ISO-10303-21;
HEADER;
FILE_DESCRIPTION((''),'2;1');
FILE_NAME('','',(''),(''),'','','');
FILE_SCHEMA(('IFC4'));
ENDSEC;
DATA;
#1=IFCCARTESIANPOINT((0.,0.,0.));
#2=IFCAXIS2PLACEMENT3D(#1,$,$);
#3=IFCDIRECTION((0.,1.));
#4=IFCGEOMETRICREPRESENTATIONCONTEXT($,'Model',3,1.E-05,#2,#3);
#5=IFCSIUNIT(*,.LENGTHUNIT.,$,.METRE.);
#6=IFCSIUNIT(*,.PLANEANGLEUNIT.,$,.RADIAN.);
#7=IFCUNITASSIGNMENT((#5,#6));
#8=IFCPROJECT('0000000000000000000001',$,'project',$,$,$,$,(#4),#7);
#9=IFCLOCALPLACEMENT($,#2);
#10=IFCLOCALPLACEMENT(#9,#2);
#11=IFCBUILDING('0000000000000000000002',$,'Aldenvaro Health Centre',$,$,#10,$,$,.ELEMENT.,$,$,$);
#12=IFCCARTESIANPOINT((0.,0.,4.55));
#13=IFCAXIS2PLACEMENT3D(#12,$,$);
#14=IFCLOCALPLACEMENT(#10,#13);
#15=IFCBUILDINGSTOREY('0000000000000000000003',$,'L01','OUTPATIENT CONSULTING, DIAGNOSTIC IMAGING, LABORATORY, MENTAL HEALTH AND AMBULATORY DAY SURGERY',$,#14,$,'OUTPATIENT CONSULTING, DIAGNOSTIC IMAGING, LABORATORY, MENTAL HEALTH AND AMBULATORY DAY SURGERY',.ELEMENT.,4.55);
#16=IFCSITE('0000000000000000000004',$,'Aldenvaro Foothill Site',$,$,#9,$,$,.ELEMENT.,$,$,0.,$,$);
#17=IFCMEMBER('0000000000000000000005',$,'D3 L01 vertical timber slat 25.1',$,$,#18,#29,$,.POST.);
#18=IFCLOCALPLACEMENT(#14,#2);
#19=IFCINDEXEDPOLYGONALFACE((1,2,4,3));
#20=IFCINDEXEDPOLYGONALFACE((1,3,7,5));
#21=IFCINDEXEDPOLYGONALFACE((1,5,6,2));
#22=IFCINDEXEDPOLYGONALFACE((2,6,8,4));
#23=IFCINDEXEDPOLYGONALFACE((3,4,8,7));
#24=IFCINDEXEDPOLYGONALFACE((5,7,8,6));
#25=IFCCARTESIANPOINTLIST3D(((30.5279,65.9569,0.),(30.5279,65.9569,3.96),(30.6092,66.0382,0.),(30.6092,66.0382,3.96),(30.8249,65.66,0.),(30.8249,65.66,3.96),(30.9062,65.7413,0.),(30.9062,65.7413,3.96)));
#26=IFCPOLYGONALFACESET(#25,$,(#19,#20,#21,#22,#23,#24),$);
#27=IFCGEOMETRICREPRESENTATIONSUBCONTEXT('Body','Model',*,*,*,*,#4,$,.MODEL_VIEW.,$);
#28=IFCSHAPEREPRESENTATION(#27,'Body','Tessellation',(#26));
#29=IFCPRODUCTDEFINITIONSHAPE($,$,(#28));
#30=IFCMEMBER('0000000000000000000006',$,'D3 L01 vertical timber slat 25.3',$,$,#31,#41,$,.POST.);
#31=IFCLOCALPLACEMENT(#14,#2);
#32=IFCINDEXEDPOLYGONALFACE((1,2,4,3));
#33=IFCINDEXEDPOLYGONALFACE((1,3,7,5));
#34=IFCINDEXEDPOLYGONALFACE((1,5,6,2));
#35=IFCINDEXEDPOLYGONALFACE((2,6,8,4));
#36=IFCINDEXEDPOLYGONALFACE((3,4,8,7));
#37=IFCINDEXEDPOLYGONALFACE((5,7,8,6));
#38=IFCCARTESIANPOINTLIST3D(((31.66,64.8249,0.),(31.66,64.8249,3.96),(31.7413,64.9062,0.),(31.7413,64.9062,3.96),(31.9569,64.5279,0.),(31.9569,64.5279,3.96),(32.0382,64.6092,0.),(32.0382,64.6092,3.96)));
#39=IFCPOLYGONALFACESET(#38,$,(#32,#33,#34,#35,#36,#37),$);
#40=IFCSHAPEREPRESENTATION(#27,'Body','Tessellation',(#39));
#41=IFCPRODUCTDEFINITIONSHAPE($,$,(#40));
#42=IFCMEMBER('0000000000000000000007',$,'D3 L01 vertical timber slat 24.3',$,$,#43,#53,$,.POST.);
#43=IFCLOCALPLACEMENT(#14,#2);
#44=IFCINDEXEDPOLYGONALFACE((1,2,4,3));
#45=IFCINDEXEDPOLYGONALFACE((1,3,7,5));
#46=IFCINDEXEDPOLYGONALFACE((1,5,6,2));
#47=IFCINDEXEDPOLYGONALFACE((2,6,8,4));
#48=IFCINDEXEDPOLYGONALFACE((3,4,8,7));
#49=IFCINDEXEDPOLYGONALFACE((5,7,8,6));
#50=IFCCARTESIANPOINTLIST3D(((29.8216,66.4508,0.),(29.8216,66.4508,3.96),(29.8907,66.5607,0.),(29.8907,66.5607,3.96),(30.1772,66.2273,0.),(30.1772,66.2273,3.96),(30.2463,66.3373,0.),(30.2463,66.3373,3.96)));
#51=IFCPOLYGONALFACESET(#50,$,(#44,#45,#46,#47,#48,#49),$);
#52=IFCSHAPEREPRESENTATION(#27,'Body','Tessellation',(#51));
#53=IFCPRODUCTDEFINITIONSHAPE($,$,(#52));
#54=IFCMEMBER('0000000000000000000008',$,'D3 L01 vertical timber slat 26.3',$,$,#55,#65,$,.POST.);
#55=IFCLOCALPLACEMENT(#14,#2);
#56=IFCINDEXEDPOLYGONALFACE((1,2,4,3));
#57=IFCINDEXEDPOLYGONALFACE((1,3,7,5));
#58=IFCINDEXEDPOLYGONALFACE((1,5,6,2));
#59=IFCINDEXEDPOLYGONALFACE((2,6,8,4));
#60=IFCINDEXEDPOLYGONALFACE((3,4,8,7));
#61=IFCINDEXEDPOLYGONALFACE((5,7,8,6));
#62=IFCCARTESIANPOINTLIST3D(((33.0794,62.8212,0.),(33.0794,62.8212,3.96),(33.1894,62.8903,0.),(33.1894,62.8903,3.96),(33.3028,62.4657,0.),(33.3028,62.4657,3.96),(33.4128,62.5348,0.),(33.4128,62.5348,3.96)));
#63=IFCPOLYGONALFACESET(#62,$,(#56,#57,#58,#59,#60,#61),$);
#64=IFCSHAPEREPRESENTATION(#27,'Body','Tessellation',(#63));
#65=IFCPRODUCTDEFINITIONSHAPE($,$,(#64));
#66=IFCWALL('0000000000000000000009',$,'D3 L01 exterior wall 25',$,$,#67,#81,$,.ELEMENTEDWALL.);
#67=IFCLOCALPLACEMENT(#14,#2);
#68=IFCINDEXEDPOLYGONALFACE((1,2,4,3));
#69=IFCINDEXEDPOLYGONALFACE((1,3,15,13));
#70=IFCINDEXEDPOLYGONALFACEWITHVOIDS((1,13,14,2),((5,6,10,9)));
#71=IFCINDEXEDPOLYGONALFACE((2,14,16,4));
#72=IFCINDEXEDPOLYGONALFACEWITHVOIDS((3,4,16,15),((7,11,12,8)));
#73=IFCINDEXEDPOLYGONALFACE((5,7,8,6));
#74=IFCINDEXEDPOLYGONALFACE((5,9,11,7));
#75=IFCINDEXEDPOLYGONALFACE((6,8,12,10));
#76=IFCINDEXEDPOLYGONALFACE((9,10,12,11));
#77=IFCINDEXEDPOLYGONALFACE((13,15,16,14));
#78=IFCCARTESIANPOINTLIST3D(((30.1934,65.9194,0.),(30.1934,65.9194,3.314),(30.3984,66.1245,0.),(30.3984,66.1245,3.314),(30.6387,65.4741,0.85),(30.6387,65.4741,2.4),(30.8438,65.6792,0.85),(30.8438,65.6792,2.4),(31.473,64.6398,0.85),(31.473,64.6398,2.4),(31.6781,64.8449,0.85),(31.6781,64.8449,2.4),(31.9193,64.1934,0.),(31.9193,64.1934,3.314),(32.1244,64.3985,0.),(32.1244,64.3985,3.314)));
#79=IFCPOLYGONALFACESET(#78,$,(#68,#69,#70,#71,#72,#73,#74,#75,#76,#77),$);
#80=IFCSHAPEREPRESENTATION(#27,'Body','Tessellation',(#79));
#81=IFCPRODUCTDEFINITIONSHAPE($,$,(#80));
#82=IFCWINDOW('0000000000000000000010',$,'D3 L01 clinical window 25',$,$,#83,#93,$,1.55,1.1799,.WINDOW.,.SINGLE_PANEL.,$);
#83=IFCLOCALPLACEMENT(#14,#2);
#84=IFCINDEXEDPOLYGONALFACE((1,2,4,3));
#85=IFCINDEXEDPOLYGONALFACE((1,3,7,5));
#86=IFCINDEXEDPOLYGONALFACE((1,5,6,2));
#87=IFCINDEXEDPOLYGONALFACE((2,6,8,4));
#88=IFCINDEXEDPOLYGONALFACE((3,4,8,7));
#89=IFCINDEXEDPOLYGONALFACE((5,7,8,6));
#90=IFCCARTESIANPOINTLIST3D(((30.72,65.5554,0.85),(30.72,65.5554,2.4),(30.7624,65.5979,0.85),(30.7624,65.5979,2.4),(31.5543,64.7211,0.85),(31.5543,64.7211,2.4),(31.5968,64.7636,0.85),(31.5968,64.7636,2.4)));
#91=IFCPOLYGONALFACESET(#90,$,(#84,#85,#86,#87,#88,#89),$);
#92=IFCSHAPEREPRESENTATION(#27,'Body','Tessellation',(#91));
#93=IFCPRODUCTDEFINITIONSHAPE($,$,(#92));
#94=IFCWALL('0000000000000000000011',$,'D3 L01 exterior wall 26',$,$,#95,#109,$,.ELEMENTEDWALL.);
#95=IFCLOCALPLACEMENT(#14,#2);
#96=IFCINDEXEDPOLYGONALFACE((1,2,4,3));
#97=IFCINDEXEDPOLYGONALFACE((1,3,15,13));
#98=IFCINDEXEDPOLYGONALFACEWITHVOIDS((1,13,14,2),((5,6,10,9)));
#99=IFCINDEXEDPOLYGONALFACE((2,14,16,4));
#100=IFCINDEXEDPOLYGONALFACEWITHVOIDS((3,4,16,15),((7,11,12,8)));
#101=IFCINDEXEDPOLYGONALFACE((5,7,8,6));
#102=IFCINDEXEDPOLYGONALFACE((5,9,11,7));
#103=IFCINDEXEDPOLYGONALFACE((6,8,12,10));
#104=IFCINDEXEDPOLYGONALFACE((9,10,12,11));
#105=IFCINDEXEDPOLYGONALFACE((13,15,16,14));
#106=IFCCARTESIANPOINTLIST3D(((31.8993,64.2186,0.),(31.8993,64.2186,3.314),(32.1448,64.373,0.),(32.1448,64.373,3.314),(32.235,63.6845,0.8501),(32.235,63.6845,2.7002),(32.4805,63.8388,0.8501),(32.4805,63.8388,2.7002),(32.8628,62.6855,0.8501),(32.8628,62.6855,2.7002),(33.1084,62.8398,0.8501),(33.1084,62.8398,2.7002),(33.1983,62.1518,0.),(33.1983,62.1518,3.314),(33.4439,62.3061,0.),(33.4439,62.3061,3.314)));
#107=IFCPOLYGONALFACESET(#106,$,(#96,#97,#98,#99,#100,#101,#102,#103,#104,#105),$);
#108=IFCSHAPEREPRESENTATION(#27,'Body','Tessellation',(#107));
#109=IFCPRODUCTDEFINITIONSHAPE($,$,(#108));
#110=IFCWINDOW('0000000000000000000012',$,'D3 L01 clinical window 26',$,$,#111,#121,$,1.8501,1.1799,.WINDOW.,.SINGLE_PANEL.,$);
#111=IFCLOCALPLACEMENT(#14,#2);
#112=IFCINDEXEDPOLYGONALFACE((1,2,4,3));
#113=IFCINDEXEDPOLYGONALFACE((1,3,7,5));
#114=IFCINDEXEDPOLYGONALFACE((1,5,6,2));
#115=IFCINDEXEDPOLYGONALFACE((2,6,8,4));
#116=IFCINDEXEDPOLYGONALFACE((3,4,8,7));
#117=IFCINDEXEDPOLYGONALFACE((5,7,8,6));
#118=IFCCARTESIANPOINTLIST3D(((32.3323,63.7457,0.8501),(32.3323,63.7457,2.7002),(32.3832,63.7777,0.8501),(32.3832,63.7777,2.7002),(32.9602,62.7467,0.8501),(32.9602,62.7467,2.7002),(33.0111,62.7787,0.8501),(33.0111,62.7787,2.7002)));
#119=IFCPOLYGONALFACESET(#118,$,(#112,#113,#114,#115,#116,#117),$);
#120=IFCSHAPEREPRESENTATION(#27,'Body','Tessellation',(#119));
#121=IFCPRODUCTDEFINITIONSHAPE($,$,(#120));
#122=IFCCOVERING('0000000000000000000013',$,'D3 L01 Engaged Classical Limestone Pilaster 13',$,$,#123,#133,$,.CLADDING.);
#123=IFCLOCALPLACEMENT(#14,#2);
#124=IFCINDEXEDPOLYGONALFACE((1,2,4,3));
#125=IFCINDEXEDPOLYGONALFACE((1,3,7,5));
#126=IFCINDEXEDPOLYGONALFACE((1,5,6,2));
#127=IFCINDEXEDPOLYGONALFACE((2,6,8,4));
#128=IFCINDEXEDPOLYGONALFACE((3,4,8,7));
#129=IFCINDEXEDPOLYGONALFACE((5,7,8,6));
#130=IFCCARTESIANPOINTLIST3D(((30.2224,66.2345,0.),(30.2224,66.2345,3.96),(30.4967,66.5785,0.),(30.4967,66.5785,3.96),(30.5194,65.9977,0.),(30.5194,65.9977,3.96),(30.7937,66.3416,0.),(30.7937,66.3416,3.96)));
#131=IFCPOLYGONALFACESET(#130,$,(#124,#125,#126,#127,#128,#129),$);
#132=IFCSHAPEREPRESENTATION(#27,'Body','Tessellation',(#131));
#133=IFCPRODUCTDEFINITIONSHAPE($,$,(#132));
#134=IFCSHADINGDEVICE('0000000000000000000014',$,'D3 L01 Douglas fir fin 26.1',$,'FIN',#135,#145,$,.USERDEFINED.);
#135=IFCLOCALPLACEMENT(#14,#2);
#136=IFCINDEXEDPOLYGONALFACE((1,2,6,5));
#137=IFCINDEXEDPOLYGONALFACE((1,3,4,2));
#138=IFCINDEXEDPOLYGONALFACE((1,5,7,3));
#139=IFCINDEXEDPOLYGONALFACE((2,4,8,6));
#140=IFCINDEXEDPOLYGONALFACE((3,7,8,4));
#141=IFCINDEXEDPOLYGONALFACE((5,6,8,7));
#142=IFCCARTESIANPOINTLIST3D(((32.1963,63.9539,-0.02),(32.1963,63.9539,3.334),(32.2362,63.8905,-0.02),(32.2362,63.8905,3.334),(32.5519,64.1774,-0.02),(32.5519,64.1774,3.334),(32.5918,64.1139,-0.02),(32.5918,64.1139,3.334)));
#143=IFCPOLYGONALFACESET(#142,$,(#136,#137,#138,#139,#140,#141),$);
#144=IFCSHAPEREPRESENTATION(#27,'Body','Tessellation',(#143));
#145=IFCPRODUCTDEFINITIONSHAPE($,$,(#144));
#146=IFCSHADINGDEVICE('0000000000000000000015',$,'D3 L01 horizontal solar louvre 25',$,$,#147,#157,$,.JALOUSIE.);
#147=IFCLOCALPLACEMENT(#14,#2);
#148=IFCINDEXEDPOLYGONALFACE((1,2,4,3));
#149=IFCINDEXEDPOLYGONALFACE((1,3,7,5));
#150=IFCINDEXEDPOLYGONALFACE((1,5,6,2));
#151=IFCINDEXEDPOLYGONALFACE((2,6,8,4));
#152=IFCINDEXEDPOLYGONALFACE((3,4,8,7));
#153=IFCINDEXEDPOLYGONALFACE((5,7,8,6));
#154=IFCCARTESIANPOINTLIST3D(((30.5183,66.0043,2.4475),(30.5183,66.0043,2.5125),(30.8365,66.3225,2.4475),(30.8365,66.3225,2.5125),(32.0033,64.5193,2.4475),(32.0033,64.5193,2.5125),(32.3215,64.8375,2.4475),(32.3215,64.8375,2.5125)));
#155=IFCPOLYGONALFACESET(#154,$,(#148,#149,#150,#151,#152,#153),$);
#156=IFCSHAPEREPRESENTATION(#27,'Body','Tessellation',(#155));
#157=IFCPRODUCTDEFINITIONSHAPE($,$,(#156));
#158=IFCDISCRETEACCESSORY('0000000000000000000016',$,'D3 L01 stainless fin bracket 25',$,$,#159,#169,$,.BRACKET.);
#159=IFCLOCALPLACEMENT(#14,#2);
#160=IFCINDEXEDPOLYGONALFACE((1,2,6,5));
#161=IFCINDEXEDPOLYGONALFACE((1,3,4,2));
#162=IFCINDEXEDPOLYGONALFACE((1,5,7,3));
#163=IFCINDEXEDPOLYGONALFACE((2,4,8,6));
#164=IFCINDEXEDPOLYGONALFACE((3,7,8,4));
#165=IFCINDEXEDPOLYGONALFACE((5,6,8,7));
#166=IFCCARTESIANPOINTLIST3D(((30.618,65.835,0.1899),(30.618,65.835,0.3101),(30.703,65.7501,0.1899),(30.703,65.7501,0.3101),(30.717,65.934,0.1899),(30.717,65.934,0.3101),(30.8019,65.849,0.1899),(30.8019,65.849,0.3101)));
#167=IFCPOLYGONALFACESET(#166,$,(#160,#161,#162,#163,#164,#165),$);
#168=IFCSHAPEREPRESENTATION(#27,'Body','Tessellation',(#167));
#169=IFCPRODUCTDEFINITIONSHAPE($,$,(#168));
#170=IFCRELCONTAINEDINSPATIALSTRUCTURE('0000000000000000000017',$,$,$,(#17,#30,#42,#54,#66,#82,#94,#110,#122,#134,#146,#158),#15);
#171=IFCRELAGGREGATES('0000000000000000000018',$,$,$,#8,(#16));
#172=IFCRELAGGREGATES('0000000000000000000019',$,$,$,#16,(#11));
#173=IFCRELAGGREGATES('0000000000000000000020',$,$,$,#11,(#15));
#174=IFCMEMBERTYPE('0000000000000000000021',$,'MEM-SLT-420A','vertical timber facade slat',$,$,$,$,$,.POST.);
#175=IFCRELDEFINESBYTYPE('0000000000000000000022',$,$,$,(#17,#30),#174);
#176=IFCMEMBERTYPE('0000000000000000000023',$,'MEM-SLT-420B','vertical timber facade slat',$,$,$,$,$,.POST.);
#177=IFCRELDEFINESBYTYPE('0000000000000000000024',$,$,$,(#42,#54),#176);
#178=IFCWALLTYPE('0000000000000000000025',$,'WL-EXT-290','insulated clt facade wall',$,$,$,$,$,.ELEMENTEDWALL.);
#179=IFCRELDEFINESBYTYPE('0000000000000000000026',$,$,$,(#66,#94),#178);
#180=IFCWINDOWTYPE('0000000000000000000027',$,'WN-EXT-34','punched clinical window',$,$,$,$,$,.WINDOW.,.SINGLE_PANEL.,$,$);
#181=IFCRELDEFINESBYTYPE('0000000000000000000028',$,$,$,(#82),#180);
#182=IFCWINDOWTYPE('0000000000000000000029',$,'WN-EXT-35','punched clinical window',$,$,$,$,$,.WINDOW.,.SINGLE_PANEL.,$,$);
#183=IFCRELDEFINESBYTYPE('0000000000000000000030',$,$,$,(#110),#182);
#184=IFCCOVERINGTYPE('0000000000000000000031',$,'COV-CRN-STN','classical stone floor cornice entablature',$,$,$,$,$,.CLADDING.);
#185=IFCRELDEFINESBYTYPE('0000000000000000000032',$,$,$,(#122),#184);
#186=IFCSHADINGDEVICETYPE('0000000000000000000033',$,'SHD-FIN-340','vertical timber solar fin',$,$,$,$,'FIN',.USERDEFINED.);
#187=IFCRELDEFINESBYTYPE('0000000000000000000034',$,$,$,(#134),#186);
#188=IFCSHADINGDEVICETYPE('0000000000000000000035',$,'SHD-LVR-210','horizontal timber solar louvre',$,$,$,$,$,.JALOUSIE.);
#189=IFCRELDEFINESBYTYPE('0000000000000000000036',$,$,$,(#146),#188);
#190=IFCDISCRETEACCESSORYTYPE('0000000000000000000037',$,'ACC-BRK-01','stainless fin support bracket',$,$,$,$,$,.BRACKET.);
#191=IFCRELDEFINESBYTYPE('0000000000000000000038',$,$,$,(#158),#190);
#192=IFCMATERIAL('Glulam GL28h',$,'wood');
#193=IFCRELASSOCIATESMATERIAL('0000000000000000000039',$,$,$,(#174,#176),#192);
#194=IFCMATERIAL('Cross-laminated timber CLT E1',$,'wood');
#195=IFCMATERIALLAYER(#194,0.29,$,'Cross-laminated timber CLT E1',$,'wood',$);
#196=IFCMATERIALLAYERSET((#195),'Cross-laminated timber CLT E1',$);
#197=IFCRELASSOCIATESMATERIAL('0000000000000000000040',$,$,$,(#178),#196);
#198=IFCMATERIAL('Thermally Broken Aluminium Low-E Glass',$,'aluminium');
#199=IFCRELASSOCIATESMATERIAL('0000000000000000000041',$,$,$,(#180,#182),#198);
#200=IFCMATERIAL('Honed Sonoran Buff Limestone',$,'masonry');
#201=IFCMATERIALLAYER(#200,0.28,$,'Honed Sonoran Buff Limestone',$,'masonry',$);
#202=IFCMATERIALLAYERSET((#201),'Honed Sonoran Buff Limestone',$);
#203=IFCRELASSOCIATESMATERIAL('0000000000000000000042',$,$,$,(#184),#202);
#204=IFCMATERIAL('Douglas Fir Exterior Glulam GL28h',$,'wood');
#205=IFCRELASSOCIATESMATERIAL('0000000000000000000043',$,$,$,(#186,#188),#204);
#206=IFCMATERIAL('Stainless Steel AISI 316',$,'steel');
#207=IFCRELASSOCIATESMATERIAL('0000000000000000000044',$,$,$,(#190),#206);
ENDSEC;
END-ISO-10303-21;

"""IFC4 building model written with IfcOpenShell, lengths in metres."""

from ifc_helpers import new_model, si_unit, direction, frame, frame_2d, origin, origin_2d, place, context, subcontext, project, spatial, rectangle, extrude, material, layer, layer_set, material_profile, profile_set, type_object, element, fill, save


model = new_model("IFC4")

# Units and contexts
model_context = context("Model", 3, precision=1e-05, world=origin(), true_north=direction((0.0, 1.0)))
body_context = subcontext(model_context, "Body", "Model", "MODEL_VIEW")
ifc_project = project(units=[si_unit("LENGTHUNIT", "METRE"), si_unit("PLANEANGLEUNIT", "RADIAN")], contexts=[model_context])

# Site, building, storey
site_placement = place(None, origin())
site = spatial("IfcSite", under=ifc_project, at=site_placement, Name="Aldenvaro Foothill Site", CompositionType="ELEMENT", RefElevation=0.0)
building_placement = place(site_placement, origin())
building = spatial("IfcBuilding", under=site, at=building_placement, Name="Aldenvaro Health Centre", CompositionType="ELEMENT")
storey_placement = place(building_placement, frame((0.0, 0.0, 4.55)))
storey = spatial("IfcBuildingStorey", under=building, at=storey_placement, Name="L01", Description="OUTPATIENT CONSULTING, DIAGNOSTIC IMAGING, LABORATORY, MENTAL HEALTH AND AMBULATORY DAY SURGERY", LongName="OUTPATIENT CONSULTING, DIAGNOSTIC IMAGING, LABORATORY, MENTAL HEALTH AND AMBULATORY DAY SURGERY", CompositionType="ELEMENT", Elevation=4.55)

# Shared definitions
ifc_material_1 = material(Name="Glulam GL28h", Category="wood")

# Members
ifc_material_profile_1 = material_profile(ifc_material_1, rectangle(XDim=0.115, YDim=0.4199, at=origin_2d()), Name="GL 115x420", Category="wood")
ifc_profile_set_1 = profile_set([ifc_material_profile_1], Name="Glulam GL28h")
member_type_1 = type_object("IfcMemberType", Name="MEM-SLT-420A", Description="vertical timber facade slat", PredefinedType="POST", material=ifc_profile_set_1)
for number, where, z_axis, x_axis, name in (
    (1, (30.717, 65.8491, 0.0), (0.0, 0.0, 1.0), (0.707107, 0.707107, 0.0), "D3 L01 vertical timber slat 25.1"),
    (2, (31.8491, 64.717, 0.0), (0.0, 0.0, 1.0), (0.707107, 0.707107, 0.0), "D3 L01 vertical timber slat 25.3"),
):
    element("IfcMember", number, at=place(storey_placement, frame(where, z_axis=z_axis, x_axis=x_axis)), inside=storey, type_object=member_type_1, Name=name, PredefinedType="POST", context=body_context, shape_type="SweptSolid", body=[
        extrude(rectangle(XDim=0.115, YDim=0.4199, at=origin_2d()), origin(), (0.0, 0.0, 1.0), 3.96),
    ])
ifc_material_profile_2 = material_profile(ifc_material_1, rectangle(XDim=0.1299, YDim=0.4199, at=origin_2d()), Name="GL 130x420", Category="wood")
ifc_profile_set_2 = profile_set([ifc_material_profile_2], Name="Glulam GL28h")
member_type_2 = type_object("IfcMemberType", Name="MEM-SLT-420B", Description="vertical timber facade slat", PredefinedType="POST", material=ifc_profile_set_2)
for number, where, z_axis, x_axis, name in (
    (3, (30.0339, 66.394, 0.0), (0.0, 0.0, 1.0), (0.532096, 0.846684, 0.0), "D3 L01 vertical timber slat 24.3"),
    (4, (33.2461, 62.678, 0.0), (0.0, 0.0, 1.0), (0.846684, 0.532096, 0.0), "D3 L01 vertical timber slat 26.3"),
):
    element("IfcMember", number, at=place(storey_placement, frame(where, z_axis=z_axis, x_axis=x_axis)), inside=storey, type_object=member_type_2, Name=name, PredefinedType="POST", context=body_context, shape_type="SweptSolid", body=[
        extrude(rectangle(XDim=0.1299, YDim=0.4199, at=origin_2d()), origin(), (0.0, 0.0, 1.0), 3.96),
    ])

# Walls, openings, windows
ifc_material_2 = material(Name="Cross-laminated timber CLT E1", Category="wood")
ifc_layer_1 = layer(ifc_material_2, 0.29, Name="Cross-laminated timber CLT E1", Category="wood")
ifc_layer_set_1 = layer_set([ifc_layer_1], Name="Cross-laminated timber CLT E1")
wall_type = type_object("IfcWallType", Name="WL-EXT-290", Description="insulated clt facade wall", PredefinedType="ELEMENTEDWALL", material=ifc_layer_set_1)
wall_1_placement = place(storey_placement, frame((30.2959, 66.022, 0.0), z_axis=(0.0, 0.0, 1.0), x_axis=(0.707107, -0.707107, 0.0)))
wall_1 = element("IfcWall", 5, at=wall_1_placement, inside=storey, type_object=wall_type, Name="D3 L01 exterior wall 25", PredefinedType="ELEMENTEDWALL", context=body_context, shape_type="SweptSolid", body=[
    extrude(rectangle(XDim=2.4409, YDim=0.29, at=frame_2d((1.2205, 0.0))), origin(), (0.0, 0.0, 1.0), 3.314),
])
opening_1_placement = place(wall_1_placement, frame((0.6299, 0.0, 0.8501)))
opening_1 = element("IfcOpeningElement", 6, at=opening_1_placement, cuts=wall_1, PredefinedType="OPENING", context=body_context, shape_type="SweptSolid", body=[
    extrude(rectangle(XDim=1.1799, YDim=1.55, at=frame_2d((0.5898, 0.7749))), frame((0.0, 0.155, 0.0), z_axis=(0.0, -1.0, 0.0), x_axis=(1.0, 0.0, 0.0)), (0.0, 0.0, 1.0), 0.3101),
])
ifc_material_3 = material(Name="Thermally Broken Aluminium Low-E Glass", Category="aluminium")
window_type_1 = type_object("IfcWindowType", Name="WN-EXT-34", Description="punched clinical window", PartitioningType="SINGLE_PANEL", PredefinedType="WINDOW", material=ifc_material_3)
window_1_placement = place(opening_1_placement, origin())
window_1 = element("IfcWindow", 7, at=window_1_placement, inside=storey, type_object=window_type_1, Name="D3 L01 clinical window 25", OverallHeight=1.55, OverallWidth=1.1799, PartitioningType="SINGLE_PANEL", PredefinedType="WINDOW", context=body_context, shape_type="SweptSolid", body=[
    extrude(rectangle(XDim=1.1799, YDim=1.55, at=frame_2d((0.5898, 0.7749))), frame((0.0, 0.03, 0.0), z_axis=(0.0, -1.0, 0.0), x_axis=(1.0, 0.0, 0.0)), (0.0, 0.0, 1.0), 0.0601),
])
fill(opening_1, window_1)
wall_2_placement = place(storey_placement, frame((32.022, 64.2959, 0.0), z_axis=(0.0, 0.0, 1.0), x_axis=(0.532137, -0.846658, 0.0)))
wall_2 = element("IfcWall", 8, at=wall_2_placement, inside=storey, type_object=wall_type, Name="D3 L01 exterior wall 26", PredefinedType="ELEMENTEDWALL", context=body_context, shape_type="SweptSolid", body=[
    extrude(rectangle(XDim=2.4412, YDim=0.29, at=frame_2d((1.2207, 0.0))), origin(), (0.0, 0.0, 1.0), 3.314),
])
opening_2_placement = place(wall_2_placement, frame((0.6311, 0.0, 0.8501)))
opening_2 = element("IfcOpeningElement", 9, at=opening_2_placement, cuts=wall_2, PredefinedType="OPENING", context=body_context, shape_type="SweptSolid", body=[
    extrude(rectangle(XDim=1.1799, YDim=1.8501, at=frame_2d((0.5898, 0.925))), frame((0.0, 0.155, 0.0), z_axis=(0.0, -1.0, 0.0), x_axis=(1.0, 0.0, 0.0)), (0.0, 0.0, 1.0), 0.3101),
])
window_type_2 = type_object("IfcWindowType", Name="WN-EXT-35", Description="punched clinical window", PartitioningType="SINGLE_PANEL", PredefinedType="WINDOW", material=ifc_material_3)
window_2_placement = place(opening_2_placement, origin())
window_2 = element("IfcWindow", 10, at=window_2_placement, inside=storey, type_object=window_type_2, Name="D3 L01 clinical window 26", OverallHeight=1.8501, OverallWidth=1.1799, PartitioningType="SINGLE_PANEL", PredefinedType="WINDOW", context=body_context, shape_type="SweptSolid", body=[
    extrude(rectangle(XDim=1.1799, YDim=1.8501, at=frame_2d((0.5898, 0.925))), frame((0.0, 0.03, 0.0), z_axis=(0.0, -1.0, 0.0), x_axis=(1.0, 0.0, 0.0)), (0.0, 0.0, 1.0), 0.0601),
])
fill(opening_2, window_2)

# Covering
ifc_material_4 = material(Name="Honed Sonoran Buff Limestone", Category="masonry")
ifc_layer_2 = layer(ifc_material_4, 0.28, Name="Honed Sonoran Buff Limestone", Category="masonry")
ifc_layer_set_2 = layer_set([ifc_layer_2], Name="Honed Sonoran Buff Limestone")
covering_type = type_object("IfcCoveringType", Name="COV-CRN-STN", Description="classical stone floor cornice entablature", PredefinedType="CLADDING", material=ifc_layer_set_2)
covering_placement = place(storey_placement, frame((30.5081, 66.2881, 0.0), z_axis=(0.0, 0.0, 1.0), x_axis=(0.623486, 0.781835, 0.0)))
element("IfcCovering", 11, at=covering_placement, inside=storey, type_object=covering_type, Name="D3 L01 Engaged Classical Limestone Pilaster 13", PredefinedType="CLADDING", context=body_context, shape_type="SweptSolid", body=[
    extrude(rectangle(XDim=0.4399, YDim=0.3799, at=origin_2d()), origin(), (0.0, 0.0, 1.0), 3.96),
])

# Shading devices
ifc_material_5 = material(Name="Douglas Fir Exterior Glulam GL28h", Category="wood")
shading_device_type_1 = type_object("IfcShadingDeviceType", Name="SHD-FIN-340", Description="vertical timber solar fin", ElementType="FIN", PredefinedType="USERDEFINED", material=ifc_material_5)
shading_device_1_placement = place(storey_placement, frame((32.394, 64.0339, -0.02), z_axis=(0.0, 0.0, 1.0), x_axis=(0.532096, -0.846684, 0.0)))
element("IfcShadingDevice", 12, at=shading_device_1_placement, inside=storey, type_object=shading_device_type_1, Name="D3 L01 Douglas fir fin 26.1", ObjectType="FIN", PredefinedType="USERDEFINED", context=body_context, shape_type="SweptSolid", body=[
    extrude(rectangle(XDim=0.075, YDim=0.4199, at=origin_2d()), origin(), (0.0, 0.0, 1.0), 3.354),
])
shading_device_type_2 = type_object("IfcShadingDeviceType", Name="SHD-LVR-210", Description="horizontal timber solar louvre", PredefinedType="JALOUSIE", material=ifc_material_5)
shading_device_2_placement = place(storey_placement, frame((31.4199, 65.4209, 2.4475), z_axis=(0.0, 0.0, 1.0), x_axis=(0.707107, -0.707107, 0.0)))
element("IfcShadingDevice", 13, at=shading_device_2_placement, inside=storey, type_object=shading_device_type_2, Name="D3 L01 horizontal solar louvre 25", PredefinedType="JALOUSIE", context=body_context, shape_type="SweptSolid", body=[
    extrude(rectangle(XDim=2.1001, YDim=0.45, at=origin_2d()), origin(), (0.0, 0.0, 1.0), 0.0649),
])

# Discrete accessory
ifc_material_6 = material(Name="Stainless Steel AISI 316", Category="steel")
discrete_accessory_type = type_object("IfcDiscreteAccessoryType", Name="ACC-BRK-01", Description="stainless fin support bracket", PredefinedType="BRACKET", material=ifc_material_6)
discrete_accessory_placement = place(storey_placement, frame((30.71, 65.842, 0.1899), z_axis=(0.0, 0.0, 1.0), x_axis=(0.707107, -0.707107, 0.0)))
element("IfcDiscreteAccessory", 14, at=discrete_accessory_placement, inside=storey, type_object=discrete_accessory_type, Name="D3 L01 stainless fin bracket 25", PredefinedType="BRACKET", context=body_context, shape_type="SweptSolid", body=[
    extrude(rectangle(XDim=0.1201, YDim=0.1399, at=origin_2d()), origin(), (0.0, 0.0, 1.0), 0.1201),
])

save(model, "model.ifc")
